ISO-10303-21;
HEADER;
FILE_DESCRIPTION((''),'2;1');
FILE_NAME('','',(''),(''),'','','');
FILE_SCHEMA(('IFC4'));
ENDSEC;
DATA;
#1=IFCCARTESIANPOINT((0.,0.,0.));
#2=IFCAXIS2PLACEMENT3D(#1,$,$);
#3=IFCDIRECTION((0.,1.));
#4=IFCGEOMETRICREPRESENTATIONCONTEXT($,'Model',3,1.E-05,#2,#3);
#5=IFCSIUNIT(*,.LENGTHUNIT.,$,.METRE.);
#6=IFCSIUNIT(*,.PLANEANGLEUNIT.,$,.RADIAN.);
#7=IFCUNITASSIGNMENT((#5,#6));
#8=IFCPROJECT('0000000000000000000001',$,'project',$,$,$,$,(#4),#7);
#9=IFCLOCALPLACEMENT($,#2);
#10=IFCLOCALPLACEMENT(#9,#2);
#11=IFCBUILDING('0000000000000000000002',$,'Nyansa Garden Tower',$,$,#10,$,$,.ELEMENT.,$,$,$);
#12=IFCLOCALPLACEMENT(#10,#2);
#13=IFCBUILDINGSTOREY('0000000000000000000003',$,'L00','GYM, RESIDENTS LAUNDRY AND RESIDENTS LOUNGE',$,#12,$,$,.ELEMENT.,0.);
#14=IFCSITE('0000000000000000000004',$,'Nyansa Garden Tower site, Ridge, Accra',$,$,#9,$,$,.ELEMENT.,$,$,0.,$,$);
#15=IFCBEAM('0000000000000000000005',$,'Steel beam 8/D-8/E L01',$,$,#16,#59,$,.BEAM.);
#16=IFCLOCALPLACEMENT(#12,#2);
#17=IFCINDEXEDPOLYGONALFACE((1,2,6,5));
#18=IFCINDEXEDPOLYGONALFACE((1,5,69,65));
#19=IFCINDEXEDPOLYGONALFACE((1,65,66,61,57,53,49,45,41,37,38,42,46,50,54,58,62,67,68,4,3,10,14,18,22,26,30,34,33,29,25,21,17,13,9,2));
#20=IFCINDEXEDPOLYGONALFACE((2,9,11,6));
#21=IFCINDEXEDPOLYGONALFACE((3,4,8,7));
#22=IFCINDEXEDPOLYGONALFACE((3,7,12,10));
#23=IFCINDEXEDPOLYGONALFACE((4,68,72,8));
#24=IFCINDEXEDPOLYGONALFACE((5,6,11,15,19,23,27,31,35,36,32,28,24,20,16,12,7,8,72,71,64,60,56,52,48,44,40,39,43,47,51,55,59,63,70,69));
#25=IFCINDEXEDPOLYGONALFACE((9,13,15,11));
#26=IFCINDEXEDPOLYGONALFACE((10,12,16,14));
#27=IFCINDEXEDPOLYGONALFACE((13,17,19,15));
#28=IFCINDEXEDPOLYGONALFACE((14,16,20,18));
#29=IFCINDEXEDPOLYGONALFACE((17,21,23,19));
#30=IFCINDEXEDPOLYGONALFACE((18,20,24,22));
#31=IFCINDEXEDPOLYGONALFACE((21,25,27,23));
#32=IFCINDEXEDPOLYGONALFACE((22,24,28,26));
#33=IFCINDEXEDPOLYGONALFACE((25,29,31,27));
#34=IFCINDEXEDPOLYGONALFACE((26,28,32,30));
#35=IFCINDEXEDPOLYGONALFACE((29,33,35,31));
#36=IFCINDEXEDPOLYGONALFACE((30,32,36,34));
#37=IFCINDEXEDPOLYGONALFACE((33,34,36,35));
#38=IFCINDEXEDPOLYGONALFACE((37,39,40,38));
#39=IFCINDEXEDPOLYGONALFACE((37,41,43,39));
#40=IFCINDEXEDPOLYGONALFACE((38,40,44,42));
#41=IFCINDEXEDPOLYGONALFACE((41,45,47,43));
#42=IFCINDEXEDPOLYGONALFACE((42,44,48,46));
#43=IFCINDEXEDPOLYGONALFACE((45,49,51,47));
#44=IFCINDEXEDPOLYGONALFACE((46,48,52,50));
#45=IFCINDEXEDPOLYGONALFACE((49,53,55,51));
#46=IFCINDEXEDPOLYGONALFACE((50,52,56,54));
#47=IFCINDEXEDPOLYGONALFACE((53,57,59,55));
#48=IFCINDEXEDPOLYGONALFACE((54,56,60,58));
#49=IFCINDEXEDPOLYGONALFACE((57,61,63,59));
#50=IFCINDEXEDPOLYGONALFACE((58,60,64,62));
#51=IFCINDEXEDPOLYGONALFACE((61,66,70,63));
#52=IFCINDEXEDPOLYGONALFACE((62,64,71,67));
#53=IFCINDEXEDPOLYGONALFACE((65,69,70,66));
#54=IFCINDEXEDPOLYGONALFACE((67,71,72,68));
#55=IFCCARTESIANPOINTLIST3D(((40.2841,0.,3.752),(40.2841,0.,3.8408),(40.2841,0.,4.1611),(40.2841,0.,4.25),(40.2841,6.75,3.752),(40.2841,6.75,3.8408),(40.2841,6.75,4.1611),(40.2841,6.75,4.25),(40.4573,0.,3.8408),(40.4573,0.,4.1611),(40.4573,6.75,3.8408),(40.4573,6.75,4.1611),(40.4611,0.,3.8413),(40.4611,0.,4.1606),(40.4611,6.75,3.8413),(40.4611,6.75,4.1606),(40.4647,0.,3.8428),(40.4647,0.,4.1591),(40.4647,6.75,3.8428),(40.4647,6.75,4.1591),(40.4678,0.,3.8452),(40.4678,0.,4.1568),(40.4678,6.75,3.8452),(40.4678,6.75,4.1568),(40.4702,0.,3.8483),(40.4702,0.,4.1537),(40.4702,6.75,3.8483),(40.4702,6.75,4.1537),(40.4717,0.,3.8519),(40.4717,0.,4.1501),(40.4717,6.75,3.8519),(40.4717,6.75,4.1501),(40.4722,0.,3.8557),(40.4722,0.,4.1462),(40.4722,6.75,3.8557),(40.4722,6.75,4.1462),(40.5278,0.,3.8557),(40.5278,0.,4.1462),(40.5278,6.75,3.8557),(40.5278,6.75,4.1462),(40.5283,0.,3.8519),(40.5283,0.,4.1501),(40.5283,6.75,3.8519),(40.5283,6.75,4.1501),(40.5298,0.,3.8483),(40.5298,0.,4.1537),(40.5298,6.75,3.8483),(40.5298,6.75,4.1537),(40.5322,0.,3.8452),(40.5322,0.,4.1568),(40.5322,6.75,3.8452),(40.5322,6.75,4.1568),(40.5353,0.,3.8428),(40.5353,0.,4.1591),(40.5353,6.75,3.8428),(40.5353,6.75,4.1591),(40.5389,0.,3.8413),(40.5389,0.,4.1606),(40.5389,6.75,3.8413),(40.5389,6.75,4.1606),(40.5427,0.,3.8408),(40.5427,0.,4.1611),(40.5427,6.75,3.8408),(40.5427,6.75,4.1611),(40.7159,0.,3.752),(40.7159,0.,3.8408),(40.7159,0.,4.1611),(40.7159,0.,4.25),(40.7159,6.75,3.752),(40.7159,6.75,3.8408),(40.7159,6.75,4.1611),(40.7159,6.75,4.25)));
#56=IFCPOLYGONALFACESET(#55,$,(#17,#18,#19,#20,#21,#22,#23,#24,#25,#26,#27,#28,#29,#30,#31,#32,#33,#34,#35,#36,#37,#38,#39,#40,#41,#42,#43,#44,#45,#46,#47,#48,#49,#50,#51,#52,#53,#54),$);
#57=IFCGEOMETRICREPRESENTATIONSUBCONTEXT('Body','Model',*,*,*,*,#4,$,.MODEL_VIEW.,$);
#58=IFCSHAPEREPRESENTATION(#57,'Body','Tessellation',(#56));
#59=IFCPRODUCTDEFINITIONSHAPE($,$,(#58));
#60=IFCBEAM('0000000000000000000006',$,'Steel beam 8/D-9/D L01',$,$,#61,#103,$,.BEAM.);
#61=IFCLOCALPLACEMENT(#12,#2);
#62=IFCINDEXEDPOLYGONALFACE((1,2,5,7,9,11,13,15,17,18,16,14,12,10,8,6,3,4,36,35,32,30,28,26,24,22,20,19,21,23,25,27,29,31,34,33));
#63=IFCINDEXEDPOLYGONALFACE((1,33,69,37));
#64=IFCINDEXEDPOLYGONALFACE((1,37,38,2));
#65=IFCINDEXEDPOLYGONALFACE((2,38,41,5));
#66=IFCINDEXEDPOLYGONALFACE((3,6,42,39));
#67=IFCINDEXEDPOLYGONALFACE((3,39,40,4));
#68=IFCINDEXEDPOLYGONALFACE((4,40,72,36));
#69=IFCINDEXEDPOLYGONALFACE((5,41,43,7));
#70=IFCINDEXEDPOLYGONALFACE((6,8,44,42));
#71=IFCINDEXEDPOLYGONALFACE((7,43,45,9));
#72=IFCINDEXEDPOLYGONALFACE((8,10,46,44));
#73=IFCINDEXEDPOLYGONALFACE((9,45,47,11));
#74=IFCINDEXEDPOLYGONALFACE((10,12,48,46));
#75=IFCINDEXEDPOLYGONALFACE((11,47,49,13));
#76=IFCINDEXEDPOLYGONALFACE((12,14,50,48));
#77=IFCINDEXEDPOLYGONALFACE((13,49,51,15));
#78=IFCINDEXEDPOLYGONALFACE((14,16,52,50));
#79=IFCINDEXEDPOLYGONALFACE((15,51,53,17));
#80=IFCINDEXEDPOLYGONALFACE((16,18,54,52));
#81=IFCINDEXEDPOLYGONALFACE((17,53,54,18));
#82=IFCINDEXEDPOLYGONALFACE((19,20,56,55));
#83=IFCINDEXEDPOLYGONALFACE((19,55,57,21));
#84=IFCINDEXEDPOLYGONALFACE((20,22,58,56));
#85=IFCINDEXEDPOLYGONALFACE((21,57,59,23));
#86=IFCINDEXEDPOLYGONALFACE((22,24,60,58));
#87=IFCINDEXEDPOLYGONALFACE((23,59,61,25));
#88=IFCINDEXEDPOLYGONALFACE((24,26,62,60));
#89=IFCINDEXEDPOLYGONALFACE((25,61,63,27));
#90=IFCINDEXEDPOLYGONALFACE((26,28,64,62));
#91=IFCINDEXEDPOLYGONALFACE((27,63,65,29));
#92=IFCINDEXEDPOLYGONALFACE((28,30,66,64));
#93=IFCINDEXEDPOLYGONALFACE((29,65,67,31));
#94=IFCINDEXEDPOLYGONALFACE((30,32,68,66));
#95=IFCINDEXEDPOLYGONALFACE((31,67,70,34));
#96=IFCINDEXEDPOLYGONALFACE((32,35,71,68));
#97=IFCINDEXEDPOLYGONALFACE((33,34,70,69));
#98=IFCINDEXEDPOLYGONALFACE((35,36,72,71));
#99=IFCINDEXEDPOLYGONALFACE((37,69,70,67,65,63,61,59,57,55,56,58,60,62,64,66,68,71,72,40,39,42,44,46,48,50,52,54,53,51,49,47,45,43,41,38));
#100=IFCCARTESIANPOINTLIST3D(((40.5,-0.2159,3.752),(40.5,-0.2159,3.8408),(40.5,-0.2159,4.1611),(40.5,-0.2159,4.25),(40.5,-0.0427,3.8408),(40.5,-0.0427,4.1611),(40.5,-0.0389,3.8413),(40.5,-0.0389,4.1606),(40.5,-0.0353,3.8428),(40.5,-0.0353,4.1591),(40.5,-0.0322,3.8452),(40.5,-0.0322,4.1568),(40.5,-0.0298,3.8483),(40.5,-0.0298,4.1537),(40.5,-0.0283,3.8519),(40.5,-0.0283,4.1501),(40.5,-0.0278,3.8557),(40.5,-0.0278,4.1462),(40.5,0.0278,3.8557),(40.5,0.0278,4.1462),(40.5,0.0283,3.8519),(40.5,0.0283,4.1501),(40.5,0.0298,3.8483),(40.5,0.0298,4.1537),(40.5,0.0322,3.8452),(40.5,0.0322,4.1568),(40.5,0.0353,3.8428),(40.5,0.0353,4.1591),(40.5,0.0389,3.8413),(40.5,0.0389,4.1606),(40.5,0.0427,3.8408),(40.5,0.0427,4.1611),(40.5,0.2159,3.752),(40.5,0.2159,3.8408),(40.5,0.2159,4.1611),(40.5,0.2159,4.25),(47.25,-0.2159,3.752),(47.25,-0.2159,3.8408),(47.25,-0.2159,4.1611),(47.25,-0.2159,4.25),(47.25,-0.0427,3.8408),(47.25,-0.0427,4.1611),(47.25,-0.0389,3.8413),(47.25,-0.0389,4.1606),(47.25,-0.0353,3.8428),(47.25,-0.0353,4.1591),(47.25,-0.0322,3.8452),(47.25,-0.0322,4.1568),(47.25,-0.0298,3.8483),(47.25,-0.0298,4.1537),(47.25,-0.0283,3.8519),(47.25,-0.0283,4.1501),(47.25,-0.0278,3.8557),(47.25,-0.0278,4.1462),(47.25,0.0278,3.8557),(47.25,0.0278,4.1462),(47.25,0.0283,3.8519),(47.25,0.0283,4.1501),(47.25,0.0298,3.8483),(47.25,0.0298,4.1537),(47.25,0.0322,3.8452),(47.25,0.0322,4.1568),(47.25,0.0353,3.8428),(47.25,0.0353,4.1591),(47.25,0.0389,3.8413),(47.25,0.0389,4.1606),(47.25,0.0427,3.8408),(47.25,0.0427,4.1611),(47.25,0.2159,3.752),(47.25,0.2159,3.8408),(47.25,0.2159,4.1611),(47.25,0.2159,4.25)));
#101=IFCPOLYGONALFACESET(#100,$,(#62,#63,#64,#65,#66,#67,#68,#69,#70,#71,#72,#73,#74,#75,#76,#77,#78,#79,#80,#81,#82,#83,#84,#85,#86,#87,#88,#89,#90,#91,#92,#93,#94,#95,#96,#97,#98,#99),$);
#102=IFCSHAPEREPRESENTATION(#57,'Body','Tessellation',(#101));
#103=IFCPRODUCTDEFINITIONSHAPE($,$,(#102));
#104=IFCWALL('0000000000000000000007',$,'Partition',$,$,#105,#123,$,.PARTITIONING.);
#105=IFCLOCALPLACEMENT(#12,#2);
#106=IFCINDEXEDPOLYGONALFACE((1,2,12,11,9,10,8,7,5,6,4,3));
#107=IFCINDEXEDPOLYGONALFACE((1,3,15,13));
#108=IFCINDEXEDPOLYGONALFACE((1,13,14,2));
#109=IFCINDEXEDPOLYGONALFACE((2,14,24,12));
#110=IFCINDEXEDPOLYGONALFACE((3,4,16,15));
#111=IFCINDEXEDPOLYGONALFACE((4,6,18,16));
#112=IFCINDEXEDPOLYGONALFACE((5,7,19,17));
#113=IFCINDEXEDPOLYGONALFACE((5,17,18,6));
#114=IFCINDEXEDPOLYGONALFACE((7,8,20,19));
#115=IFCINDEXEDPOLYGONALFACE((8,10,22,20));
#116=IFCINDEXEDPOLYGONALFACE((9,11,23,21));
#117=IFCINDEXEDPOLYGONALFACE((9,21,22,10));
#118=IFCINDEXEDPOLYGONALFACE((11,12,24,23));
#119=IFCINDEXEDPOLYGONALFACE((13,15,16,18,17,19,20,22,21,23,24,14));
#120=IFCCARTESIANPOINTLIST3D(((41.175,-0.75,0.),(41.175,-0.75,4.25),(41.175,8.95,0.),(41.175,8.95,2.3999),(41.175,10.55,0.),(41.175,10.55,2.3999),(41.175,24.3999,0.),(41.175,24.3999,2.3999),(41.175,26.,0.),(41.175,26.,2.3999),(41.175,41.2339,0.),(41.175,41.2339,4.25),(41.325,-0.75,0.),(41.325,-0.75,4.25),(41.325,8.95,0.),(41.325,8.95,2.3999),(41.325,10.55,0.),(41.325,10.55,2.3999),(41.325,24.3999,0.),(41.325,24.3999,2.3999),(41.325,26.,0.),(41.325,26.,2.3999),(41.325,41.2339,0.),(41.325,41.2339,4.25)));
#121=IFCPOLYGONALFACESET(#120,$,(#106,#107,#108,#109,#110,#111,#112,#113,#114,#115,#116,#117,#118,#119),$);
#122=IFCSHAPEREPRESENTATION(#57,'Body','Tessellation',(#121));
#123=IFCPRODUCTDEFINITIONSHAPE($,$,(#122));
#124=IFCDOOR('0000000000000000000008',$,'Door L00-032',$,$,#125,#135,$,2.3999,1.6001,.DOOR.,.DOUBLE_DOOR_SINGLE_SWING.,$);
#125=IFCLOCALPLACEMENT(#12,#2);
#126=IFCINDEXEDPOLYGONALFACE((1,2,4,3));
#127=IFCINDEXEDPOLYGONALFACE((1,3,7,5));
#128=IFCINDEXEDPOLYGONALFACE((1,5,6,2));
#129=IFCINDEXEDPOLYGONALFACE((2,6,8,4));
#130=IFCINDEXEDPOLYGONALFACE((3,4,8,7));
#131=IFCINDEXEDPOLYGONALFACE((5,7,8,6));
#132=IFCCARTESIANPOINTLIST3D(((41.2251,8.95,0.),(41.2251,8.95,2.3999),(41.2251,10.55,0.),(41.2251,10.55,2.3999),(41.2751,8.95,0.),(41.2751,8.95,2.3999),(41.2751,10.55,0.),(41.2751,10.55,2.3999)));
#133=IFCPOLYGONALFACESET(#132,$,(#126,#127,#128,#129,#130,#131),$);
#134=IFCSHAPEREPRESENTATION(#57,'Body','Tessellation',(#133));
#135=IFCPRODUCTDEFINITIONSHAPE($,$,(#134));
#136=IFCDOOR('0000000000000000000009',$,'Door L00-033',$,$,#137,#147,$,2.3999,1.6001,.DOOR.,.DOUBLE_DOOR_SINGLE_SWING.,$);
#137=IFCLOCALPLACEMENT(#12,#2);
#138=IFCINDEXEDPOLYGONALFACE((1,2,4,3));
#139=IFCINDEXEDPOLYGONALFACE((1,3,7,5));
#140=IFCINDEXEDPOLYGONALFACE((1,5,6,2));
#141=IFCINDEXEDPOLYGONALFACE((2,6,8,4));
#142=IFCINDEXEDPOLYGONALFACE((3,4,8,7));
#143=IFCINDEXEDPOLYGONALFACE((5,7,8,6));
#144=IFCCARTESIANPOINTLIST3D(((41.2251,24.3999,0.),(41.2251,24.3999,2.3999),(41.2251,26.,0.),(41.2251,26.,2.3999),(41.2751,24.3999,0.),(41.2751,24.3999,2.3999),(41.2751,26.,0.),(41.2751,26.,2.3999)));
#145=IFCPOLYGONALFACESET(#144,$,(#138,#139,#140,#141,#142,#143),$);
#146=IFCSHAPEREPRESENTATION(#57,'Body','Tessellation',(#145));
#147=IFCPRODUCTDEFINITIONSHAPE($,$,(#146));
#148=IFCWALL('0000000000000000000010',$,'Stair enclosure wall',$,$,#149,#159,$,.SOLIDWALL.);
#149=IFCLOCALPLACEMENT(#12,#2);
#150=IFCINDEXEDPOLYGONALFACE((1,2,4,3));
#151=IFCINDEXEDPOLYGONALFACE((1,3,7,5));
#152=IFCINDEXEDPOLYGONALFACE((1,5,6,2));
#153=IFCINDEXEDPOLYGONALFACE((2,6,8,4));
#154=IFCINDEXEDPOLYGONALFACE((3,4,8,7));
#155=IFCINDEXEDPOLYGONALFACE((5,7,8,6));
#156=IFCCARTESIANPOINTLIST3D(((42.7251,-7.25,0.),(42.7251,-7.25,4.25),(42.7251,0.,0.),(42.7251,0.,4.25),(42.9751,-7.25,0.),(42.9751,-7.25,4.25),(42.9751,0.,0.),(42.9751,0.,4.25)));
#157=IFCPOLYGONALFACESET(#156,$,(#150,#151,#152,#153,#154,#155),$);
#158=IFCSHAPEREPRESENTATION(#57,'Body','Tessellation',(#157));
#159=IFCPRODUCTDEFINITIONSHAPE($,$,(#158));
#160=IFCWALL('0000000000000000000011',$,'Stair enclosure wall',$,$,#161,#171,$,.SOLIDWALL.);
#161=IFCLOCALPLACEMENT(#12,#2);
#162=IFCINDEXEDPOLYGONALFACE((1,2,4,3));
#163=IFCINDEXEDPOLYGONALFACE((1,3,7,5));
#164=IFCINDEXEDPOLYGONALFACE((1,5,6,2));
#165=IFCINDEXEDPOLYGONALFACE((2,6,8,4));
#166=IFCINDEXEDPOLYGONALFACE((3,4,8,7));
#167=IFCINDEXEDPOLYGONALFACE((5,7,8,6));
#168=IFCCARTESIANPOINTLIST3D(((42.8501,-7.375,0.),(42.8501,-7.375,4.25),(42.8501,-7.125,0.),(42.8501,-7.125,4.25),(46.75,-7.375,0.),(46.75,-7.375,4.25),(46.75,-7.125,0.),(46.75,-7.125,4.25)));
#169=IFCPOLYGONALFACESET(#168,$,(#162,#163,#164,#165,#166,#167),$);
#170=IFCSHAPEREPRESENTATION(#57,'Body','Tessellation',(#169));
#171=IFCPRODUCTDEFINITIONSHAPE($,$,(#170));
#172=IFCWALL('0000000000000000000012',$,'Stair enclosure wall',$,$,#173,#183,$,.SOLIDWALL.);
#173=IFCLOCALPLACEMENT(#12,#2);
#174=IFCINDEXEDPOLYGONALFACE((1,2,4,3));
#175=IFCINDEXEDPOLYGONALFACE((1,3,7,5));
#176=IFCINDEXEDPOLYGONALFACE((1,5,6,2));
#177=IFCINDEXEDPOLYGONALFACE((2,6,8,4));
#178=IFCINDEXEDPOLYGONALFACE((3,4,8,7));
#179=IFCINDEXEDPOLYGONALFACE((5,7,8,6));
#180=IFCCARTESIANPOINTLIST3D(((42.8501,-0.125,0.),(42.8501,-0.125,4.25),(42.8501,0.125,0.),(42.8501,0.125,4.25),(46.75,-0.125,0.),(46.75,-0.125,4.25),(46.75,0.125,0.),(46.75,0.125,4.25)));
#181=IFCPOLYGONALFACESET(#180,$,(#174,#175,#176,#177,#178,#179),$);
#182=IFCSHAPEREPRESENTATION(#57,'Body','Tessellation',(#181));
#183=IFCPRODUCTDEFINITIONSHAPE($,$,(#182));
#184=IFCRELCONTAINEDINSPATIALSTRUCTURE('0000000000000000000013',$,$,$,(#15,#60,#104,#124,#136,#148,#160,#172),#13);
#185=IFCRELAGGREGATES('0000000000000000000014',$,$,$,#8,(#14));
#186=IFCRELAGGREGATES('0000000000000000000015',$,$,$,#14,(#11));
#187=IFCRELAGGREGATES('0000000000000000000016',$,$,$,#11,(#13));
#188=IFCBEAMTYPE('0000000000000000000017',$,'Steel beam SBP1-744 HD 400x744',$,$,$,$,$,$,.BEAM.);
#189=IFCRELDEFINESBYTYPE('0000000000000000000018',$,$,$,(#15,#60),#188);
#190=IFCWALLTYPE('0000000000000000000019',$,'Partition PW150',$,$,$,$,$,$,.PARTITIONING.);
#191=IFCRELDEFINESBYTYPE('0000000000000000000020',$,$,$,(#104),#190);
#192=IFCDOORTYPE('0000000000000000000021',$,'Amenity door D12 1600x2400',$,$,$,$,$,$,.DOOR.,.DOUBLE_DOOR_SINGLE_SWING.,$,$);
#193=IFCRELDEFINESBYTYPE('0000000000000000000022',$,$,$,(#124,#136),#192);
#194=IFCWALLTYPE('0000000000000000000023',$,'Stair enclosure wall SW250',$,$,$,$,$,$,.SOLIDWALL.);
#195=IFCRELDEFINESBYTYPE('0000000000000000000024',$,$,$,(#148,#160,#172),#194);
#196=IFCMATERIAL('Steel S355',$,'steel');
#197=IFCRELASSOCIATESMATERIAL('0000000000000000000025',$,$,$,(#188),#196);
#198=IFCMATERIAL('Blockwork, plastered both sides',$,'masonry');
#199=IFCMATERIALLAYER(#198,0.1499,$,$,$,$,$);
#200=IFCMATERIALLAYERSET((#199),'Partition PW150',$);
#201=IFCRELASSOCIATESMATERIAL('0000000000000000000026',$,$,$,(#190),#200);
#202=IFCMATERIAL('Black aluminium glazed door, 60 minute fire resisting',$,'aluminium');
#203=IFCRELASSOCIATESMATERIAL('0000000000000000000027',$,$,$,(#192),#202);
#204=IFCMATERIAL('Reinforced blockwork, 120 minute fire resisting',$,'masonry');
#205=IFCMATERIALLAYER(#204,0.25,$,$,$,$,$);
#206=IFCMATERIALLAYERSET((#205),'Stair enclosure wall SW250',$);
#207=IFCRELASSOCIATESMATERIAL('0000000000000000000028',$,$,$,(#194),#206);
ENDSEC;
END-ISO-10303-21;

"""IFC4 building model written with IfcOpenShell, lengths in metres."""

from ifc_helpers import new_model, si_unit, direction, frame, frame_2d, origin, origin_2d, place, context, subcontext, project, spatial, rectangle, i_section, extrude, material, layer, layer_set, material_profile, profile_set, type_object, element, fill, save


model = new_model("IFC4")

# Units and contexts
model_context = context("Model", 3, precision=1e-05, world=origin(), true_north=direction((0.0, 1.0)))
body_context = subcontext(model_context, "Body", "Model", "MODEL_VIEW")
ifc_project = project(units=[si_unit("LENGTHUNIT", "METRE"), si_unit("PLANEANGLEUNIT", "RADIAN")], contexts=[model_context])

# Site, building, storey
site_placement = place(None, origin())
site = spatial("IfcSite", under=ifc_project, at=site_placement, Name="Nyansa Garden Tower site, Ridge, Accra", CompositionType="ELEMENT", RefElevation=0.0)
building_placement = place(site_placement, origin())
building = spatial("IfcBuilding", under=site, at=building_placement, Name="Nyansa Garden Tower", CompositionType="ELEMENT")
storey_placement = place(building_placement, origin())
storey = spatial("IfcBuildingStorey", under=building, at=storey_placement, Name="L00", Description="GYM, RESIDENTS LAUNDRY AND RESIDENTS LOUNGE", CompositionType="ELEMENT", Elevation=0.0)

# Beams
ifc_material_1 = material(Name="Steel S355", Category="steel")
ifc_material_profile_1 = material_profile(ifc_material_1, i_section(OverallWidth=0.4319, OverallDepth=0.498, WebThickness=0.0557, FlangeThickness=0.0889, FilletRadius=0.0149, at=origin_2d()), Name="HD 400x744")
ifc_profile_set_1 = profile_set([ifc_material_profile_1], Name="Steel S355")
beam_type = type_object("IfcBeamType", Name="Steel beam SBP1-744 HD 400x744", PredefinedType="BEAM", material=ifc_profile_set_1)
for number, where, z_axis, x_axis, name in (
    (1, (40.5, 0.0, 4.001), (0.0, 1.0, 0.0), (-1.0, 0.0, 0.0), "Steel beam 8/D-8/E L01"),
    (2, (40.5, 0.0, 4.001), (1.0, 0.0, 0.0), (0.0, 1.0, 0.0), "Steel beam 8/D-9/D L01"),
):
    element("IfcBeam", number, at=place(storey_placement, frame(where, z_axis=z_axis, x_axis=x_axis)), inside=storey, type_object=beam_type, Name=name, PredefinedType="BEAM", context=body_context, shape_type="SweptSolid", body=[
        extrude(i_section(OverallWidth=0.4319, OverallDepth=0.498, WebThickness=0.0557, FlangeThickness=0.0889, FilletRadius=0.0149, at=origin_2d()), origin(), (0.0, 0.0, 1.0), 6.75),
    ])

# Wall, openings, doors
ifc_material_2 = material(Name="Blockwork, plastered both sides", Category="masonry")
ifc_layer_1 = layer(ifc_material_2, 0.1499)
ifc_layer_set_1 = layer_set([ifc_layer_1], Name="Partition PW150")
wall_type_1 = type_object("IfcWallType", Name="Partition PW150", PredefinedType="PARTITIONING", material=ifc_layer_set_1)
wall_1_placement = place(storey_placement, frame((41.25, -0.75, 0.0), z_axis=(0.0, 0.0, 1.0), x_axis=(0.0, 1.0, 0.0)))
wall_1 = element("IfcWall", 3, at=wall_1_placement, inside=storey, type_object=wall_type_1, Name="Partition", PredefinedType="PARTITIONING", context=body_context, shape_type="SweptSolid", body=[
    extrude(rectangle(XDim=41.9839, YDim=0.1499, at=frame_2d((20.9919, 0.0))), origin(), (0.0, 0.0, 1.0), 4.25),
])
opening_1_placement = place(wall_1_placement, frame((9.7, 0.0, 0.0)))
opening_1 = element("IfcOpeningElement", 4, at=opening_1_placement, cuts=wall_1, PredefinedType="OPENING", context=body_context, shape_type="SweptSolid", body=[
    extrude(rectangle(XDim=1.6001, YDim=2.3999, at=frame_2d((0.8, 1.2))), frame((0.0, 0.085, 0.0), z_axis=(0.0, -1.0, 0.0), x_axis=(1.0, 0.0, 0.0)), (0.0, 0.0, 1.0), 0.1699),
])
opening_2_placement = place(wall_1_placement, frame((25.1499, 0.0, 0.0)))
opening_2 = element("IfcOpeningElement", 5, at=opening_2_placement, cuts=wall_1, PredefinedType="OPENING", context=body_context, shape_type="SweptSolid", body=[
    extrude(rectangle(XDim=1.6001, YDim=2.3999, at=frame_2d((0.8, 1.2))), frame((0.0, 0.085, 0.0), z_axis=(0.0, -1.0, 0.0), x_axis=(1.0, 0.0, 0.0)), (0.0, 0.0, 1.0), 0.1699),
])
ifc_material_3 = material(Name="Black aluminium glazed door, 60 minute fire resisting", Category="aluminium")
door_type = type_object("IfcDoorType", Name="Amenity door D12 1600x2400", OperationType="DOUBLE_DOOR_SINGLE_SWING", PredefinedType="DOOR", material=ifc_material_3)
door_1_placement = place(opening_1_placement, origin())
door_1 = element("IfcDoor", 6, at=door_1_placement, inside=storey, type_object=door_type, Name="Door L00-032", OperationType="DOUBLE_DOOR_SINGLE_SWING", OverallHeight=2.3999, OverallWidth=1.6001, PredefinedType="DOOR", context=body_context, shape_type="SweptSolid", body=[
    extrude(rectangle(XDim=1.6001, YDim=2.3999, at=frame_2d((0.8, 1.2))), frame((0.0, 0.0249, 0.0), z_axis=(0.0, -1.0, 0.0), x_axis=(1.0, 0.0, 0.0)), (0.0, 0.0, 1.0), 0.05),
])
fill(opening_1, door_1)
door_2_placement = place(opening_2_placement, origin())
door_2 = element("IfcDoor", 7, at=door_2_placement, inside=storey, type_object=door_type, Name="Door L00-033", OperationType="DOUBLE_DOOR_SINGLE_SWING", OverallHeight=2.3999, OverallWidth=1.6001, PredefinedType="DOOR", context=body_context, shape_type="SweptSolid", body=[
    extrude(rectangle(XDim=1.6001, YDim=2.3999, at=frame_2d((0.8, 1.2))), frame((0.0, 0.0249, 0.0), z_axis=(0.0, -1.0, 0.0), x_axis=(1.0, 0.0, 0.0)), (0.0, 0.0, 1.0), 0.05),
])
fill(opening_2, door_2)

# Walls
ifc_material_4 = material(Name="Reinforced blockwork, 120 minute fire resisting", Category="masonry")
ifc_layer_2 = layer(ifc_material_4, 0.25)
ifc_layer_set_2 = layer_set([ifc_layer_2], Name="Stair enclosure wall SW250")
wall_type_2 = type_object("IfcWallType", Name="Stair enclosure wall SW250", PredefinedType="SOLIDWALL", material=ifc_layer_set_2)
wall_2_placement = place(storey_placement, frame((42.8501, -7.25, 0.0), z_axis=(0.0, 0.0, 1.0), x_axis=(0.0, 1.0, 0.0)))
element("IfcWall", 8, at=wall_2_placement, inside=storey, type_object=wall_type_2, Name="Stair enclosure wall", PredefinedType="SOLIDWALL", context=body_context, shape_type="SweptSolid", body=[
    extrude(rectangle(XDim=7.25, YDim=0.25, at=frame_2d((3.625, 0.0))), origin(), (0.0, 0.0, 1.0), 4.25),
])
for number, where, z_axis, x_axis, name in (
    (9, (42.8501, -7.25, 0.0), (0.0, 0.0, 1.0), (1.0, 0.0, 0.0), "Stair enclosure wall"),
    (10, (42.8501, 0.0, 0.0), (0.0, 0.0, 1.0), (1.0, 0.0, 0.0), "Stair enclosure wall"),
):
    element("IfcWall", number, at=place(storey_placement, frame(where, z_axis=z_axis, x_axis=x_axis)), inside=storey, type_object=wall_type_2, Name=name, PredefinedType="SOLIDWALL", context=body_context, shape_type="SweptSolid", body=[
        extrude(rectangle(XDim=3.8999, YDim=0.25, at=frame_2d((1.95, 0.0))), origin(), (0.0, 0.0, 1.0), 4.25),
    ])

save(model, "model.ifc")
